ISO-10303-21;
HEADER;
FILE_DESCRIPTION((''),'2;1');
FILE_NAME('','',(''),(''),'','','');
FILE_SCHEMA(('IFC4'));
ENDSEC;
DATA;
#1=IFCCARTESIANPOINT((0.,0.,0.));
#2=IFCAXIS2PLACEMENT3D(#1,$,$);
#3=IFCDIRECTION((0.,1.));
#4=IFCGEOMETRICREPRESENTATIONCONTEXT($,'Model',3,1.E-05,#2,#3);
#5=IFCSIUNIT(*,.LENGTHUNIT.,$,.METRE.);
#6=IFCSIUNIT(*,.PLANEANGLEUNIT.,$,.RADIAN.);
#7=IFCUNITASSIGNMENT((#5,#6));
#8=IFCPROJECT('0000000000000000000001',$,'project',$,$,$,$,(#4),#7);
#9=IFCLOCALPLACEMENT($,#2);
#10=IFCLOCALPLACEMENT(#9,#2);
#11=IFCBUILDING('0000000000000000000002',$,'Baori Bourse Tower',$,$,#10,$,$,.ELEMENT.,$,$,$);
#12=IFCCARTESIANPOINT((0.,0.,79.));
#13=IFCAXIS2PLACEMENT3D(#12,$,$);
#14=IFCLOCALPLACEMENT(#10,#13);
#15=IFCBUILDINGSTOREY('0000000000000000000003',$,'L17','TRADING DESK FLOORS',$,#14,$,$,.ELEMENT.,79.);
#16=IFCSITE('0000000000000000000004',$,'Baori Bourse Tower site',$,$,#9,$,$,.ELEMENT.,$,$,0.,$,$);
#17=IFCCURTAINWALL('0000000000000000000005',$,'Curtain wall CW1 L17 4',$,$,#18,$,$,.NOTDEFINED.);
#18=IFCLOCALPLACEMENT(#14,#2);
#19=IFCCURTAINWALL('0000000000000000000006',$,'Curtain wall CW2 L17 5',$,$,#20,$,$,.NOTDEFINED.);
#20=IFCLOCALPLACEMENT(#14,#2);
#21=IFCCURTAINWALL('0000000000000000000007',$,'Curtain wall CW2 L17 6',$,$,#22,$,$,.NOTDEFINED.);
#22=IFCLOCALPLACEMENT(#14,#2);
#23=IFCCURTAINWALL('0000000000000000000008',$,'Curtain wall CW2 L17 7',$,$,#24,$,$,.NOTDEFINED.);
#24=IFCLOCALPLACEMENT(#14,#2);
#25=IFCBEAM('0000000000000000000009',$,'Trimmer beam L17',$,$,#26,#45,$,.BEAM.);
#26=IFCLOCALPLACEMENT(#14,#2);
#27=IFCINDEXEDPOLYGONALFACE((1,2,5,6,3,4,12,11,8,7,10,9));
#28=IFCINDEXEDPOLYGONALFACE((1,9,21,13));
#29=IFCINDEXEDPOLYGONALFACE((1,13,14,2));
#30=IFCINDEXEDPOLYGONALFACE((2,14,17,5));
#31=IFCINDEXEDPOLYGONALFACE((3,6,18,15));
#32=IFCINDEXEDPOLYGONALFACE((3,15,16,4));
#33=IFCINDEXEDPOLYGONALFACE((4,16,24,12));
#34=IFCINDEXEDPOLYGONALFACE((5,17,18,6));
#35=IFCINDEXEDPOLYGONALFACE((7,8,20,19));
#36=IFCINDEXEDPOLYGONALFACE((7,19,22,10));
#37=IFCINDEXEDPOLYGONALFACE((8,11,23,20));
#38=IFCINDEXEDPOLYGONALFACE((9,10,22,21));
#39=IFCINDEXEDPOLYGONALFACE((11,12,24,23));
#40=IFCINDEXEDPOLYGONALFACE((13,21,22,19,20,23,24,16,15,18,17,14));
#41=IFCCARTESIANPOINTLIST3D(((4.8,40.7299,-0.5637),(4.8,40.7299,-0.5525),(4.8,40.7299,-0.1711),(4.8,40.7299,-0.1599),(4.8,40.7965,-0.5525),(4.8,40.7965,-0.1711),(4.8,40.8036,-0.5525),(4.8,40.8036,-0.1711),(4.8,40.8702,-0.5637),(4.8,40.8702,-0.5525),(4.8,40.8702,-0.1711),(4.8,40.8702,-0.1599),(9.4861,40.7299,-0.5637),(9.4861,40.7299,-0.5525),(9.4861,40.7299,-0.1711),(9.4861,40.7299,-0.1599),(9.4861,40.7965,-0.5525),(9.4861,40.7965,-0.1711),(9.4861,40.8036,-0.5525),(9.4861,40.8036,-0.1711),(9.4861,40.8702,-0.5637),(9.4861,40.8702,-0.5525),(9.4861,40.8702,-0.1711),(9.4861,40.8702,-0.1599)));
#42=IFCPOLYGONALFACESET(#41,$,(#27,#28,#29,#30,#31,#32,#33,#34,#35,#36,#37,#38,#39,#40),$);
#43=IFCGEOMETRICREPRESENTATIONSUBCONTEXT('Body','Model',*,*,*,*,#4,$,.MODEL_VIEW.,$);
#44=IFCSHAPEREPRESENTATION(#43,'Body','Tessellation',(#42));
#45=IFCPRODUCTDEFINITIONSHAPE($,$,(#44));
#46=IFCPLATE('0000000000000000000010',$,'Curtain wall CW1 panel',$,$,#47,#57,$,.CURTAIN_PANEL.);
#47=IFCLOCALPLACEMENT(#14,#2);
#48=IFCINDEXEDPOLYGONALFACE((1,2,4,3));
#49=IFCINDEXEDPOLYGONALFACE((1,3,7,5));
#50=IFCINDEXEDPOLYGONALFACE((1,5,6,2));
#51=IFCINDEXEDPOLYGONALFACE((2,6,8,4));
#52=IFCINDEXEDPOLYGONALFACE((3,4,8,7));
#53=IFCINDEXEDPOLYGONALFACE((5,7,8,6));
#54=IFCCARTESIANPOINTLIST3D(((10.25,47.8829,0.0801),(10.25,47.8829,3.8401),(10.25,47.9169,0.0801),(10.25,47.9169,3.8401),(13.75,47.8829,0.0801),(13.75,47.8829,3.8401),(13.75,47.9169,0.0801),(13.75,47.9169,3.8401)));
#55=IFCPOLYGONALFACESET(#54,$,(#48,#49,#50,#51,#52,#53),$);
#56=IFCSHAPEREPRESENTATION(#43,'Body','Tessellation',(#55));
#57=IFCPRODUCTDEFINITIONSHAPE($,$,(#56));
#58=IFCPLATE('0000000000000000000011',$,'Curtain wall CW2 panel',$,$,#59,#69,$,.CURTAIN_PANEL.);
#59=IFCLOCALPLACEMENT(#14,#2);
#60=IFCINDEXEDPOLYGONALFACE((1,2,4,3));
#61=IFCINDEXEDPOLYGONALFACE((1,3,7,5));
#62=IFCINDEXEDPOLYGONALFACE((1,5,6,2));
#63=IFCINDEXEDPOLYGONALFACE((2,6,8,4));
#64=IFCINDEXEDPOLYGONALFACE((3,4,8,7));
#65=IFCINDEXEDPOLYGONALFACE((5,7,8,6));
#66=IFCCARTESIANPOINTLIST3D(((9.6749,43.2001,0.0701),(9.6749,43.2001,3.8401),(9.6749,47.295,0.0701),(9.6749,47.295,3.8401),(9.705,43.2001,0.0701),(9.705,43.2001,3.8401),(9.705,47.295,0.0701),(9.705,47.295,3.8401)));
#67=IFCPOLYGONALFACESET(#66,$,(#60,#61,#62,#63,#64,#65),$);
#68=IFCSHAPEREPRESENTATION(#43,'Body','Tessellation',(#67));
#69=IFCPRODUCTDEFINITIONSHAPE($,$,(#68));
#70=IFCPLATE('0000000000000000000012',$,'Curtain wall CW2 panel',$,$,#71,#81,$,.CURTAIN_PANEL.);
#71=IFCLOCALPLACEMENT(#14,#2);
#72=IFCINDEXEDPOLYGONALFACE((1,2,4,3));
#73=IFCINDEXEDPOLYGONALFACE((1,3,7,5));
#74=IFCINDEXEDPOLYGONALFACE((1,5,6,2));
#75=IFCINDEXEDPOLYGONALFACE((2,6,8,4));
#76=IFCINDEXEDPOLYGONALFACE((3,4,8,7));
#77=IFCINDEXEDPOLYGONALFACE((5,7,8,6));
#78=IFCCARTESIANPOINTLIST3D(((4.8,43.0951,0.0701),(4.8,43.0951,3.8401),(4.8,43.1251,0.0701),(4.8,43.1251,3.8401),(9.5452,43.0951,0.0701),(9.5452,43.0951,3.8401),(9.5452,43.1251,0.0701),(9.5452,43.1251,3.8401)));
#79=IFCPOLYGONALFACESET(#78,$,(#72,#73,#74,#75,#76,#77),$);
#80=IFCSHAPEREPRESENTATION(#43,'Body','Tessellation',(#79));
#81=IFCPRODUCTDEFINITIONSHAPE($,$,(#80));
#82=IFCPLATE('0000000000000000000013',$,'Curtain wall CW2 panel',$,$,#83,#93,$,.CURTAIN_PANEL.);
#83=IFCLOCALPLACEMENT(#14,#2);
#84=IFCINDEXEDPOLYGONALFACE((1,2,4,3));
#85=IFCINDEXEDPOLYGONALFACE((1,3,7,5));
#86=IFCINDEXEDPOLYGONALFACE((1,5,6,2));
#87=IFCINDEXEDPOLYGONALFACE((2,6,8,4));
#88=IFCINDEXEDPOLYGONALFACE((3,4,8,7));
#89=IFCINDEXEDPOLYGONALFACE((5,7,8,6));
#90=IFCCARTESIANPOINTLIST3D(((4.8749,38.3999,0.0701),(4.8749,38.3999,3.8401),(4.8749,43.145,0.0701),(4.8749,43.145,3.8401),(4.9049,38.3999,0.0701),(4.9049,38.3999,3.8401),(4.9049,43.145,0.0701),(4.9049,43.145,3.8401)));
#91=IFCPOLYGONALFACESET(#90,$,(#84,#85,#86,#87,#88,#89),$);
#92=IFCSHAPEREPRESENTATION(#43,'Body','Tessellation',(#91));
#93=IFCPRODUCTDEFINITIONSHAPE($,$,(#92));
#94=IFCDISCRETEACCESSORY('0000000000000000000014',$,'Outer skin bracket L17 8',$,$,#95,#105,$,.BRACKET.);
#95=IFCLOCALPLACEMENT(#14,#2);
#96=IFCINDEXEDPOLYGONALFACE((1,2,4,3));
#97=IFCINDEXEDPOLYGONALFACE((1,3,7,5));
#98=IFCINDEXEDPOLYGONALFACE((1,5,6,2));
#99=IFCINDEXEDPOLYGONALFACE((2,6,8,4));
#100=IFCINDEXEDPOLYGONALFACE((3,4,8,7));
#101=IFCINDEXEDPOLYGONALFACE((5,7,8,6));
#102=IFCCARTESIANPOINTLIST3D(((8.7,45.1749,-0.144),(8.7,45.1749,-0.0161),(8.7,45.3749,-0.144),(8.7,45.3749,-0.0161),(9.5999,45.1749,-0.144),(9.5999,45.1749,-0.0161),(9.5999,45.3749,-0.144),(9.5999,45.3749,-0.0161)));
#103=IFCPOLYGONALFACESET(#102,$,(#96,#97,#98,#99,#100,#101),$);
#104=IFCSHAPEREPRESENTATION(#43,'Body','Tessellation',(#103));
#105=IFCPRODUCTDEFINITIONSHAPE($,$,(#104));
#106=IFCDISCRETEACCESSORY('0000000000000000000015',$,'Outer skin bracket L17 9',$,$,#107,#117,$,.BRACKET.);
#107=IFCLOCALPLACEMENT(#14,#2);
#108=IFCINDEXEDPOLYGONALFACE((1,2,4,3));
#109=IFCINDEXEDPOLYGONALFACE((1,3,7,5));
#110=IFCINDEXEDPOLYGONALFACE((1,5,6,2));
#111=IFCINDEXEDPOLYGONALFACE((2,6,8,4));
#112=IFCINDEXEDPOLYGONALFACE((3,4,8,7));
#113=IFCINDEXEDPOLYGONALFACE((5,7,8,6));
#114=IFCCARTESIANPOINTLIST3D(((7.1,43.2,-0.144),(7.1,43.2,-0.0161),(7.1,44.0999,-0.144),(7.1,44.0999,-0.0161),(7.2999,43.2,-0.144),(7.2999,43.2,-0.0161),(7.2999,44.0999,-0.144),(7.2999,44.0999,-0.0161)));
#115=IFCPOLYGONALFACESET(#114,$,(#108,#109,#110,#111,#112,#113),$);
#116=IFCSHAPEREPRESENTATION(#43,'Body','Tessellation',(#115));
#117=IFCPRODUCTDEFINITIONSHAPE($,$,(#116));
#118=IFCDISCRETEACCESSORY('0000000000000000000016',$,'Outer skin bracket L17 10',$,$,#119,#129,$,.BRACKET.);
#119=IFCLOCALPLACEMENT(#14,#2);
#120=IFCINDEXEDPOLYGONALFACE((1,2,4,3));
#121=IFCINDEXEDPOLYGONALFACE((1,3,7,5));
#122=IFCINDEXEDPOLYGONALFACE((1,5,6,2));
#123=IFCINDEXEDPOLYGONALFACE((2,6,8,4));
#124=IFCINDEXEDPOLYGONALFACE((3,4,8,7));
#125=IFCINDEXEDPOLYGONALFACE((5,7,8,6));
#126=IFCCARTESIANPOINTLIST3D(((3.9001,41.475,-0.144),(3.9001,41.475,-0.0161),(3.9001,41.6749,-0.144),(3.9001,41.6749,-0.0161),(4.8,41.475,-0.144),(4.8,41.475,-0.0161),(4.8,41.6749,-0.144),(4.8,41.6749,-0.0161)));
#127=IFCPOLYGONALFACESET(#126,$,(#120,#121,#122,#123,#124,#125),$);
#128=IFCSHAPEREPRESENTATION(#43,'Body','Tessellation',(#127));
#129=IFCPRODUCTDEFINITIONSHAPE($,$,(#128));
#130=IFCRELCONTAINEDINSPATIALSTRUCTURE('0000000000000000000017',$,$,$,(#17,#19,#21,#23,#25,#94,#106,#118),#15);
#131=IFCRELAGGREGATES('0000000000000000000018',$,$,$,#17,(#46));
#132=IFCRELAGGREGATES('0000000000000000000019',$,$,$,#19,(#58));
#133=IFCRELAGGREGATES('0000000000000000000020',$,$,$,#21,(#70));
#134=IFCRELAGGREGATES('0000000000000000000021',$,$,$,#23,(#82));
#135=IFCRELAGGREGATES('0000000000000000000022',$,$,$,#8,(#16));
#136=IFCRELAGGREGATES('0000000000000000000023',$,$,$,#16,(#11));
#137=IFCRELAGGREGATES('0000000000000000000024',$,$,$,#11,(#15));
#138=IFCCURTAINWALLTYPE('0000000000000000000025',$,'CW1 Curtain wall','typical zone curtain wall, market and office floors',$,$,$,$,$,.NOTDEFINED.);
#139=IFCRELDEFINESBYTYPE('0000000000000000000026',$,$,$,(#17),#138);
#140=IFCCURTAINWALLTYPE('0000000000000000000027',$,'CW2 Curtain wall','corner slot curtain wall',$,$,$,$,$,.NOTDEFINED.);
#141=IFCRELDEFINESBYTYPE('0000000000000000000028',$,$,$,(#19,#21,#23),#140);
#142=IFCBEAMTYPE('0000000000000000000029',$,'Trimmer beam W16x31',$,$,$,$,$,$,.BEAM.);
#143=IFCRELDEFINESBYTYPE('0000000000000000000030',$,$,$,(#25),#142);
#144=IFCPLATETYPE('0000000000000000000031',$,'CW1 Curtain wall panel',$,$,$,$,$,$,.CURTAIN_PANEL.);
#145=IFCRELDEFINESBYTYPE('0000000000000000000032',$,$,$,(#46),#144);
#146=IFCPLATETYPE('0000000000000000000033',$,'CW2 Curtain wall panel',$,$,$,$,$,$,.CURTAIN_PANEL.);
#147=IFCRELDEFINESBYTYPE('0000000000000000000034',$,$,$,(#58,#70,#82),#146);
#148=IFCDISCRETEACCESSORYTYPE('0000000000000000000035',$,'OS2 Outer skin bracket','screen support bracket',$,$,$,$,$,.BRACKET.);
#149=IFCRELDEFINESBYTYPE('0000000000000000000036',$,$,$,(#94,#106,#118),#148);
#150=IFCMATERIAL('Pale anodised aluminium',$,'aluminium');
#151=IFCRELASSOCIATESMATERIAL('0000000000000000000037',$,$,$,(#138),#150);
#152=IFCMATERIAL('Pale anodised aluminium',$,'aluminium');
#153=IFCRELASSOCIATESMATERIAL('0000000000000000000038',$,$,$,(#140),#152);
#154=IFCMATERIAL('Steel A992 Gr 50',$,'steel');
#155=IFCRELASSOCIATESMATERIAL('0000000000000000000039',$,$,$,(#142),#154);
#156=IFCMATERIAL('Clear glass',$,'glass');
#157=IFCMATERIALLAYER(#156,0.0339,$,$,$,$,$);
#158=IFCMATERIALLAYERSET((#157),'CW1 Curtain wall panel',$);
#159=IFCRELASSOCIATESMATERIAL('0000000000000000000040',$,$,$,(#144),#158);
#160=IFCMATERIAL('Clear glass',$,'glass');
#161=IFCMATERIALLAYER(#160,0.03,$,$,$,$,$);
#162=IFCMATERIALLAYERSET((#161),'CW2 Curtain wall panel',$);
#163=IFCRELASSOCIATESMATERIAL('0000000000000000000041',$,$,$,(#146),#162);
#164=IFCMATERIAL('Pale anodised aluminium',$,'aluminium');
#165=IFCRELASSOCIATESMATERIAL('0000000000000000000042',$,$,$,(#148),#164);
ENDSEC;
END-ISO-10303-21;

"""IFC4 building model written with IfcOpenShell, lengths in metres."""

from ifc_helpers import new_model, si_unit, direction, frame, origin, origin_2d, place, context, subcontext, project, spatial, rectangle, i_section, extrude, material, layer, layer_set, material_profile, profile_set, type_object, element, aggregate, save


model = new_model("IFC4")

# Units and contexts
model_context = context("Model", 3, precision=1e-05, world=origin(), true_north=direction((0.0, 1.0)))
body_context = subcontext(model_context, "Body", "Model", "MODEL_VIEW")
ifc_project = project(units=[si_unit("LENGTHUNIT", "METRE"), si_unit("PLANEANGLEUNIT", "RADIAN")], contexts=[model_context])

# Site, building, storey
site_placement = place(None, origin())
site = spatial("IfcSite", under=ifc_project, at=site_placement, Name="Baori Bourse Tower site", CompositionType="ELEMENT", RefElevation=0.0)
building_placement = place(site_placement, origin())
building = spatial("IfcBuilding", under=site, at=building_placement, Name="Baori Bourse Tower", CompositionType="ELEMENT")
storey_placement = place(building_placement, frame((0.0, 0.0, 79.0)))
storey = spatial("IfcBuildingStorey", under=building, at=storey_placement, Name="L17", Description="TRADING DESK FLOORS", CompositionType="ELEMENT", Elevation=79.0)

# Curtain walls
ifc_material_1 = material(Name="Pale anodised aluminium", Category="aluminium")
curtain_wall_type_1 = type_object("IfcCurtainWallType", Name="CW1 Curtain wall", Description="typical zone curtain wall, market and office floors", PredefinedType="NOTDEFINED", material=ifc_material_1)
curtain_wall_1_placement = place(storey_placement, origin())
curtain_wall_1 = element("IfcCurtainWall", 1, at=curtain_wall_1_placement, inside=storey, type_object=curtain_wall_type_1, Name="Curtain wall CW1 L17 4", PredefinedType="NOTDEFINED")
ifc_material_2 = material(Name="Pale anodised aluminium", Category="aluminium")
curtain_wall_type_2 = type_object("IfcCurtainWallType", Name="CW2 Curtain wall", Description="corner slot curtain wall", PredefinedType="NOTDEFINED", material=ifc_material_2)
curtain_wall_2_placement = place(storey_placement, origin())
curtain_wall_2 = element("IfcCurtainWall", 2, at=curtain_wall_2_placement, inside=storey, type_object=curtain_wall_type_2, Name="Curtain wall CW2 L17 5", PredefinedType="NOTDEFINED")
curtain_wall_3_placement = place(storey_placement, origin())
curtain_wall_3 = element("IfcCurtainWall", 3, at=curtain_wall_3_placement, inside=storey, type_object=curtain_wall_type_2, Name="Curtain wall CW2 L17 6", PredefinedType="NOTDEFINED")
curtain_wall_4_placement = place(storey_placement, origin())
curtain_wall_4 = element("IfcCurtainWall", 4, at=curtain_wall_4_placement, inside=storey, type_object=curtain_wall_type_2, Name="Curtain wall CW2 L17 7", PredefinedType="NOTDEFINED")

# Beam
ifc_material_3 = material(Name="Steel A992 Gr 50", Category="steel")
ifc_material_profile_1 = material_profile(ifc_material_3, i_section(OverallWidth=0.1404, OverallDepth=0.4038, WebThickness=0.0071, FlangeThickness=0.0112, at=origin_2d()), Name="W16x31")
ifc_profile_set_1 = profile_set([ifc_material_profile_1], Name="Steel A992 Gr 50")
beam_type_1 = type_object("IfcBeamType", Name="Trimmer beam W16x31", PredefinedType="BEAM", material=ifc_profile_set_1)
beam_1_placement = place(storey_placement, frame((4.8, 40.8, -0.3618), z_axis=(1.0, 0.0, 0.0), x_axis=(0.0, 1.0, 0.0)))
element("IfcBeam", 5, at=beam_1_placement, inside=storey, type_object=beam_type_1, Name="Trimmer beam L17", PredefinedType="BEAM", context=body_context, shape_type="SweptSolid", body=[
    extrude(i_section(OverallWidth=0.1404, OverallDepth=0.4038, WebThickness=0.0071, FlangeThickness=0.0112, at=origin_2d()), origin(), (0.0, 0.0, 1.0), 4.686),
])

# Plates
ifc_material_4 = material(Name="Clear glass", Category="glass")
ifc_layer_1 = layer(ifc_material_4, 0.0339)
ifc_layer_set_1 = layer_set([ifc_layer_1], Name="CW1 Curtain wall panel")
plate_type_1 = type_object("IfcPlateType", Name="CW1 Curtain wall panel", PredefinedType="CURTAIN_PANEL", material=ifc_layer_set_1)
plate_1_placement = place(storey_placement, frame((12.0, 47.8999, 0.0801), z_axis=(0.0, 0.0, 1.0), x_axis=(-1.0, 0.0, 0.0)))
plate_1 = element("IfcPlate", 6, at=plate_1_placement, type_object=plate_type_1, Name="Curtain wall CW1 panel", PredefinedType="CURTAIN_PANEL", context=body_context, shape_type="SweptSolid", body=[
    extrude(rectangle(XDim=3.5, YDim=0.0339, at=origin_2d()), origin(), (0.0, 0.0, 1.0), 3.76),
])
aggregate(curtain_wall_1, [plate_1])
ifc_material_5 = material(Name="Clear glass", Category="glass")
ifc_layer_2 = layer(ifc_material_5, 0.03)
ifc_layer_set_2 = layer_set([ifc_layer_2], Name="CW2 Curtain wall panel")
plate_type_2 = type_object("IfcPlateType", Name="CW2 Curtain wall panel", PredefinedType="CURTAIN_PANEL", material=ifc_layer_set_2)
plate_2_placement = place(storey_placement, frame((9.6899, 45.2476, 0.0701), z_axis=(0.0, 0.0, 1.0), x_axis=(0.0, -1.0, 0.0)))
plate_2 = element("IfcPlate", 7, at=plate_2_placement, type_object=plate_type_2, Name="Curtain wall CW2 panel", PredefinedType="CURTAIN_PANEL", context=body_context, shape_type="SweptSolid", body=[
    extrude(rectangle(XDim=4.095, YDim=0.03, at=origin_2d()), origin(), (0.0, 0.0, 1.0), 3.77),
])
aggregate(curtain_wall_2, [plate_2])
plate_3_placement = place(storey_placement, frame((7.1726, 43.1101, 0.0701), z_axis=(0.0, 0.0, 1.0), x_axis=(-1.0, 0.0, 0.0)))
plate_3 = element("IfcPlate", 8, at=plate_3_placement, type_object=plate_type_2, Name="Curtain wall CW2 panel", PredefinedType="CURTAIN_PANEL", context=body_context, shape_type="SweptSolid", body=[
    extrude(rectangle(XDim=4.7451, YDim=0.03, at=origin_2d()), origin(), (0.0, 0.0, 1.0), 3.77),
])
aggregate(curtain_wall_3, [plate_3])
plate_4_placement = place(storey_placement, frame((4.8899, 40.7725, 0.0701), z_axis=(0.0, 0.0, 1.0), x_axis=(0.0, -1.0, 0.0)))
plate_4 = element("IfcPlate", 9, at=plate_4_placement, type_object=plate_type_2, Name="Curtain wall CW2 panel", PredefinedType="CURTAIN_PANEL", context=body_context, shape_type="SweptSolid", body=[
    extrude(rectangle(XDim=4.7451, YDim=0.03, at=origin_2d()), origin(), (0.0, 0.0, 1.0), 3.77),
])
aggregate(curtain_wall_4, [plate_4])

# Discrete accessories
ifc_material_6 = material(Name="Pale anodised aluminium", Category="aluminium")
discrete_accessory_type = type_object("IfcDiscreteAccessoryType", Name="OS2 Outer skin bracket", Description="screen support bracket", PredefinedType="BRACKET", material=ifc_material_6)
for number, where, z_axis, x_axis, name in (
    (10, (9.1499, 45.2749, -0.144), (0.0, 0.0, 1.0), (0.0, -1.0, 0.0), "Outer skin bracket L17 8"),
    (11, (7.2, 43.6499, -0.144), (0.0, 0.0, 1.0), (-1.0, 0.0, 0.0), "Outer skin bracket L17 9"),
    (12, (4.3501, 41.575, -0.144), (0.0, 0.0, 1.0), (0.0, -1.0, 0.0), "Outer skin bracket L17 10"),
):
    element("IfcDiscreteAccessory", number, at=place(storey_placement, frame(where, z_axis=z_axis, x_axis=x_axis)), inside=storey, type_object=discrete_accessory_type, Name=name, PredefinedType="BRACKET", context=body_context, shape_type="SweptSolid", body=[
        extrude(rectangle(XDim=0.2, YDim=0.8999, at=origin_2d()), origin(), (0.0, 0.0, 1.0), 0.1279),
    ])

save(model, "model.ifc")
